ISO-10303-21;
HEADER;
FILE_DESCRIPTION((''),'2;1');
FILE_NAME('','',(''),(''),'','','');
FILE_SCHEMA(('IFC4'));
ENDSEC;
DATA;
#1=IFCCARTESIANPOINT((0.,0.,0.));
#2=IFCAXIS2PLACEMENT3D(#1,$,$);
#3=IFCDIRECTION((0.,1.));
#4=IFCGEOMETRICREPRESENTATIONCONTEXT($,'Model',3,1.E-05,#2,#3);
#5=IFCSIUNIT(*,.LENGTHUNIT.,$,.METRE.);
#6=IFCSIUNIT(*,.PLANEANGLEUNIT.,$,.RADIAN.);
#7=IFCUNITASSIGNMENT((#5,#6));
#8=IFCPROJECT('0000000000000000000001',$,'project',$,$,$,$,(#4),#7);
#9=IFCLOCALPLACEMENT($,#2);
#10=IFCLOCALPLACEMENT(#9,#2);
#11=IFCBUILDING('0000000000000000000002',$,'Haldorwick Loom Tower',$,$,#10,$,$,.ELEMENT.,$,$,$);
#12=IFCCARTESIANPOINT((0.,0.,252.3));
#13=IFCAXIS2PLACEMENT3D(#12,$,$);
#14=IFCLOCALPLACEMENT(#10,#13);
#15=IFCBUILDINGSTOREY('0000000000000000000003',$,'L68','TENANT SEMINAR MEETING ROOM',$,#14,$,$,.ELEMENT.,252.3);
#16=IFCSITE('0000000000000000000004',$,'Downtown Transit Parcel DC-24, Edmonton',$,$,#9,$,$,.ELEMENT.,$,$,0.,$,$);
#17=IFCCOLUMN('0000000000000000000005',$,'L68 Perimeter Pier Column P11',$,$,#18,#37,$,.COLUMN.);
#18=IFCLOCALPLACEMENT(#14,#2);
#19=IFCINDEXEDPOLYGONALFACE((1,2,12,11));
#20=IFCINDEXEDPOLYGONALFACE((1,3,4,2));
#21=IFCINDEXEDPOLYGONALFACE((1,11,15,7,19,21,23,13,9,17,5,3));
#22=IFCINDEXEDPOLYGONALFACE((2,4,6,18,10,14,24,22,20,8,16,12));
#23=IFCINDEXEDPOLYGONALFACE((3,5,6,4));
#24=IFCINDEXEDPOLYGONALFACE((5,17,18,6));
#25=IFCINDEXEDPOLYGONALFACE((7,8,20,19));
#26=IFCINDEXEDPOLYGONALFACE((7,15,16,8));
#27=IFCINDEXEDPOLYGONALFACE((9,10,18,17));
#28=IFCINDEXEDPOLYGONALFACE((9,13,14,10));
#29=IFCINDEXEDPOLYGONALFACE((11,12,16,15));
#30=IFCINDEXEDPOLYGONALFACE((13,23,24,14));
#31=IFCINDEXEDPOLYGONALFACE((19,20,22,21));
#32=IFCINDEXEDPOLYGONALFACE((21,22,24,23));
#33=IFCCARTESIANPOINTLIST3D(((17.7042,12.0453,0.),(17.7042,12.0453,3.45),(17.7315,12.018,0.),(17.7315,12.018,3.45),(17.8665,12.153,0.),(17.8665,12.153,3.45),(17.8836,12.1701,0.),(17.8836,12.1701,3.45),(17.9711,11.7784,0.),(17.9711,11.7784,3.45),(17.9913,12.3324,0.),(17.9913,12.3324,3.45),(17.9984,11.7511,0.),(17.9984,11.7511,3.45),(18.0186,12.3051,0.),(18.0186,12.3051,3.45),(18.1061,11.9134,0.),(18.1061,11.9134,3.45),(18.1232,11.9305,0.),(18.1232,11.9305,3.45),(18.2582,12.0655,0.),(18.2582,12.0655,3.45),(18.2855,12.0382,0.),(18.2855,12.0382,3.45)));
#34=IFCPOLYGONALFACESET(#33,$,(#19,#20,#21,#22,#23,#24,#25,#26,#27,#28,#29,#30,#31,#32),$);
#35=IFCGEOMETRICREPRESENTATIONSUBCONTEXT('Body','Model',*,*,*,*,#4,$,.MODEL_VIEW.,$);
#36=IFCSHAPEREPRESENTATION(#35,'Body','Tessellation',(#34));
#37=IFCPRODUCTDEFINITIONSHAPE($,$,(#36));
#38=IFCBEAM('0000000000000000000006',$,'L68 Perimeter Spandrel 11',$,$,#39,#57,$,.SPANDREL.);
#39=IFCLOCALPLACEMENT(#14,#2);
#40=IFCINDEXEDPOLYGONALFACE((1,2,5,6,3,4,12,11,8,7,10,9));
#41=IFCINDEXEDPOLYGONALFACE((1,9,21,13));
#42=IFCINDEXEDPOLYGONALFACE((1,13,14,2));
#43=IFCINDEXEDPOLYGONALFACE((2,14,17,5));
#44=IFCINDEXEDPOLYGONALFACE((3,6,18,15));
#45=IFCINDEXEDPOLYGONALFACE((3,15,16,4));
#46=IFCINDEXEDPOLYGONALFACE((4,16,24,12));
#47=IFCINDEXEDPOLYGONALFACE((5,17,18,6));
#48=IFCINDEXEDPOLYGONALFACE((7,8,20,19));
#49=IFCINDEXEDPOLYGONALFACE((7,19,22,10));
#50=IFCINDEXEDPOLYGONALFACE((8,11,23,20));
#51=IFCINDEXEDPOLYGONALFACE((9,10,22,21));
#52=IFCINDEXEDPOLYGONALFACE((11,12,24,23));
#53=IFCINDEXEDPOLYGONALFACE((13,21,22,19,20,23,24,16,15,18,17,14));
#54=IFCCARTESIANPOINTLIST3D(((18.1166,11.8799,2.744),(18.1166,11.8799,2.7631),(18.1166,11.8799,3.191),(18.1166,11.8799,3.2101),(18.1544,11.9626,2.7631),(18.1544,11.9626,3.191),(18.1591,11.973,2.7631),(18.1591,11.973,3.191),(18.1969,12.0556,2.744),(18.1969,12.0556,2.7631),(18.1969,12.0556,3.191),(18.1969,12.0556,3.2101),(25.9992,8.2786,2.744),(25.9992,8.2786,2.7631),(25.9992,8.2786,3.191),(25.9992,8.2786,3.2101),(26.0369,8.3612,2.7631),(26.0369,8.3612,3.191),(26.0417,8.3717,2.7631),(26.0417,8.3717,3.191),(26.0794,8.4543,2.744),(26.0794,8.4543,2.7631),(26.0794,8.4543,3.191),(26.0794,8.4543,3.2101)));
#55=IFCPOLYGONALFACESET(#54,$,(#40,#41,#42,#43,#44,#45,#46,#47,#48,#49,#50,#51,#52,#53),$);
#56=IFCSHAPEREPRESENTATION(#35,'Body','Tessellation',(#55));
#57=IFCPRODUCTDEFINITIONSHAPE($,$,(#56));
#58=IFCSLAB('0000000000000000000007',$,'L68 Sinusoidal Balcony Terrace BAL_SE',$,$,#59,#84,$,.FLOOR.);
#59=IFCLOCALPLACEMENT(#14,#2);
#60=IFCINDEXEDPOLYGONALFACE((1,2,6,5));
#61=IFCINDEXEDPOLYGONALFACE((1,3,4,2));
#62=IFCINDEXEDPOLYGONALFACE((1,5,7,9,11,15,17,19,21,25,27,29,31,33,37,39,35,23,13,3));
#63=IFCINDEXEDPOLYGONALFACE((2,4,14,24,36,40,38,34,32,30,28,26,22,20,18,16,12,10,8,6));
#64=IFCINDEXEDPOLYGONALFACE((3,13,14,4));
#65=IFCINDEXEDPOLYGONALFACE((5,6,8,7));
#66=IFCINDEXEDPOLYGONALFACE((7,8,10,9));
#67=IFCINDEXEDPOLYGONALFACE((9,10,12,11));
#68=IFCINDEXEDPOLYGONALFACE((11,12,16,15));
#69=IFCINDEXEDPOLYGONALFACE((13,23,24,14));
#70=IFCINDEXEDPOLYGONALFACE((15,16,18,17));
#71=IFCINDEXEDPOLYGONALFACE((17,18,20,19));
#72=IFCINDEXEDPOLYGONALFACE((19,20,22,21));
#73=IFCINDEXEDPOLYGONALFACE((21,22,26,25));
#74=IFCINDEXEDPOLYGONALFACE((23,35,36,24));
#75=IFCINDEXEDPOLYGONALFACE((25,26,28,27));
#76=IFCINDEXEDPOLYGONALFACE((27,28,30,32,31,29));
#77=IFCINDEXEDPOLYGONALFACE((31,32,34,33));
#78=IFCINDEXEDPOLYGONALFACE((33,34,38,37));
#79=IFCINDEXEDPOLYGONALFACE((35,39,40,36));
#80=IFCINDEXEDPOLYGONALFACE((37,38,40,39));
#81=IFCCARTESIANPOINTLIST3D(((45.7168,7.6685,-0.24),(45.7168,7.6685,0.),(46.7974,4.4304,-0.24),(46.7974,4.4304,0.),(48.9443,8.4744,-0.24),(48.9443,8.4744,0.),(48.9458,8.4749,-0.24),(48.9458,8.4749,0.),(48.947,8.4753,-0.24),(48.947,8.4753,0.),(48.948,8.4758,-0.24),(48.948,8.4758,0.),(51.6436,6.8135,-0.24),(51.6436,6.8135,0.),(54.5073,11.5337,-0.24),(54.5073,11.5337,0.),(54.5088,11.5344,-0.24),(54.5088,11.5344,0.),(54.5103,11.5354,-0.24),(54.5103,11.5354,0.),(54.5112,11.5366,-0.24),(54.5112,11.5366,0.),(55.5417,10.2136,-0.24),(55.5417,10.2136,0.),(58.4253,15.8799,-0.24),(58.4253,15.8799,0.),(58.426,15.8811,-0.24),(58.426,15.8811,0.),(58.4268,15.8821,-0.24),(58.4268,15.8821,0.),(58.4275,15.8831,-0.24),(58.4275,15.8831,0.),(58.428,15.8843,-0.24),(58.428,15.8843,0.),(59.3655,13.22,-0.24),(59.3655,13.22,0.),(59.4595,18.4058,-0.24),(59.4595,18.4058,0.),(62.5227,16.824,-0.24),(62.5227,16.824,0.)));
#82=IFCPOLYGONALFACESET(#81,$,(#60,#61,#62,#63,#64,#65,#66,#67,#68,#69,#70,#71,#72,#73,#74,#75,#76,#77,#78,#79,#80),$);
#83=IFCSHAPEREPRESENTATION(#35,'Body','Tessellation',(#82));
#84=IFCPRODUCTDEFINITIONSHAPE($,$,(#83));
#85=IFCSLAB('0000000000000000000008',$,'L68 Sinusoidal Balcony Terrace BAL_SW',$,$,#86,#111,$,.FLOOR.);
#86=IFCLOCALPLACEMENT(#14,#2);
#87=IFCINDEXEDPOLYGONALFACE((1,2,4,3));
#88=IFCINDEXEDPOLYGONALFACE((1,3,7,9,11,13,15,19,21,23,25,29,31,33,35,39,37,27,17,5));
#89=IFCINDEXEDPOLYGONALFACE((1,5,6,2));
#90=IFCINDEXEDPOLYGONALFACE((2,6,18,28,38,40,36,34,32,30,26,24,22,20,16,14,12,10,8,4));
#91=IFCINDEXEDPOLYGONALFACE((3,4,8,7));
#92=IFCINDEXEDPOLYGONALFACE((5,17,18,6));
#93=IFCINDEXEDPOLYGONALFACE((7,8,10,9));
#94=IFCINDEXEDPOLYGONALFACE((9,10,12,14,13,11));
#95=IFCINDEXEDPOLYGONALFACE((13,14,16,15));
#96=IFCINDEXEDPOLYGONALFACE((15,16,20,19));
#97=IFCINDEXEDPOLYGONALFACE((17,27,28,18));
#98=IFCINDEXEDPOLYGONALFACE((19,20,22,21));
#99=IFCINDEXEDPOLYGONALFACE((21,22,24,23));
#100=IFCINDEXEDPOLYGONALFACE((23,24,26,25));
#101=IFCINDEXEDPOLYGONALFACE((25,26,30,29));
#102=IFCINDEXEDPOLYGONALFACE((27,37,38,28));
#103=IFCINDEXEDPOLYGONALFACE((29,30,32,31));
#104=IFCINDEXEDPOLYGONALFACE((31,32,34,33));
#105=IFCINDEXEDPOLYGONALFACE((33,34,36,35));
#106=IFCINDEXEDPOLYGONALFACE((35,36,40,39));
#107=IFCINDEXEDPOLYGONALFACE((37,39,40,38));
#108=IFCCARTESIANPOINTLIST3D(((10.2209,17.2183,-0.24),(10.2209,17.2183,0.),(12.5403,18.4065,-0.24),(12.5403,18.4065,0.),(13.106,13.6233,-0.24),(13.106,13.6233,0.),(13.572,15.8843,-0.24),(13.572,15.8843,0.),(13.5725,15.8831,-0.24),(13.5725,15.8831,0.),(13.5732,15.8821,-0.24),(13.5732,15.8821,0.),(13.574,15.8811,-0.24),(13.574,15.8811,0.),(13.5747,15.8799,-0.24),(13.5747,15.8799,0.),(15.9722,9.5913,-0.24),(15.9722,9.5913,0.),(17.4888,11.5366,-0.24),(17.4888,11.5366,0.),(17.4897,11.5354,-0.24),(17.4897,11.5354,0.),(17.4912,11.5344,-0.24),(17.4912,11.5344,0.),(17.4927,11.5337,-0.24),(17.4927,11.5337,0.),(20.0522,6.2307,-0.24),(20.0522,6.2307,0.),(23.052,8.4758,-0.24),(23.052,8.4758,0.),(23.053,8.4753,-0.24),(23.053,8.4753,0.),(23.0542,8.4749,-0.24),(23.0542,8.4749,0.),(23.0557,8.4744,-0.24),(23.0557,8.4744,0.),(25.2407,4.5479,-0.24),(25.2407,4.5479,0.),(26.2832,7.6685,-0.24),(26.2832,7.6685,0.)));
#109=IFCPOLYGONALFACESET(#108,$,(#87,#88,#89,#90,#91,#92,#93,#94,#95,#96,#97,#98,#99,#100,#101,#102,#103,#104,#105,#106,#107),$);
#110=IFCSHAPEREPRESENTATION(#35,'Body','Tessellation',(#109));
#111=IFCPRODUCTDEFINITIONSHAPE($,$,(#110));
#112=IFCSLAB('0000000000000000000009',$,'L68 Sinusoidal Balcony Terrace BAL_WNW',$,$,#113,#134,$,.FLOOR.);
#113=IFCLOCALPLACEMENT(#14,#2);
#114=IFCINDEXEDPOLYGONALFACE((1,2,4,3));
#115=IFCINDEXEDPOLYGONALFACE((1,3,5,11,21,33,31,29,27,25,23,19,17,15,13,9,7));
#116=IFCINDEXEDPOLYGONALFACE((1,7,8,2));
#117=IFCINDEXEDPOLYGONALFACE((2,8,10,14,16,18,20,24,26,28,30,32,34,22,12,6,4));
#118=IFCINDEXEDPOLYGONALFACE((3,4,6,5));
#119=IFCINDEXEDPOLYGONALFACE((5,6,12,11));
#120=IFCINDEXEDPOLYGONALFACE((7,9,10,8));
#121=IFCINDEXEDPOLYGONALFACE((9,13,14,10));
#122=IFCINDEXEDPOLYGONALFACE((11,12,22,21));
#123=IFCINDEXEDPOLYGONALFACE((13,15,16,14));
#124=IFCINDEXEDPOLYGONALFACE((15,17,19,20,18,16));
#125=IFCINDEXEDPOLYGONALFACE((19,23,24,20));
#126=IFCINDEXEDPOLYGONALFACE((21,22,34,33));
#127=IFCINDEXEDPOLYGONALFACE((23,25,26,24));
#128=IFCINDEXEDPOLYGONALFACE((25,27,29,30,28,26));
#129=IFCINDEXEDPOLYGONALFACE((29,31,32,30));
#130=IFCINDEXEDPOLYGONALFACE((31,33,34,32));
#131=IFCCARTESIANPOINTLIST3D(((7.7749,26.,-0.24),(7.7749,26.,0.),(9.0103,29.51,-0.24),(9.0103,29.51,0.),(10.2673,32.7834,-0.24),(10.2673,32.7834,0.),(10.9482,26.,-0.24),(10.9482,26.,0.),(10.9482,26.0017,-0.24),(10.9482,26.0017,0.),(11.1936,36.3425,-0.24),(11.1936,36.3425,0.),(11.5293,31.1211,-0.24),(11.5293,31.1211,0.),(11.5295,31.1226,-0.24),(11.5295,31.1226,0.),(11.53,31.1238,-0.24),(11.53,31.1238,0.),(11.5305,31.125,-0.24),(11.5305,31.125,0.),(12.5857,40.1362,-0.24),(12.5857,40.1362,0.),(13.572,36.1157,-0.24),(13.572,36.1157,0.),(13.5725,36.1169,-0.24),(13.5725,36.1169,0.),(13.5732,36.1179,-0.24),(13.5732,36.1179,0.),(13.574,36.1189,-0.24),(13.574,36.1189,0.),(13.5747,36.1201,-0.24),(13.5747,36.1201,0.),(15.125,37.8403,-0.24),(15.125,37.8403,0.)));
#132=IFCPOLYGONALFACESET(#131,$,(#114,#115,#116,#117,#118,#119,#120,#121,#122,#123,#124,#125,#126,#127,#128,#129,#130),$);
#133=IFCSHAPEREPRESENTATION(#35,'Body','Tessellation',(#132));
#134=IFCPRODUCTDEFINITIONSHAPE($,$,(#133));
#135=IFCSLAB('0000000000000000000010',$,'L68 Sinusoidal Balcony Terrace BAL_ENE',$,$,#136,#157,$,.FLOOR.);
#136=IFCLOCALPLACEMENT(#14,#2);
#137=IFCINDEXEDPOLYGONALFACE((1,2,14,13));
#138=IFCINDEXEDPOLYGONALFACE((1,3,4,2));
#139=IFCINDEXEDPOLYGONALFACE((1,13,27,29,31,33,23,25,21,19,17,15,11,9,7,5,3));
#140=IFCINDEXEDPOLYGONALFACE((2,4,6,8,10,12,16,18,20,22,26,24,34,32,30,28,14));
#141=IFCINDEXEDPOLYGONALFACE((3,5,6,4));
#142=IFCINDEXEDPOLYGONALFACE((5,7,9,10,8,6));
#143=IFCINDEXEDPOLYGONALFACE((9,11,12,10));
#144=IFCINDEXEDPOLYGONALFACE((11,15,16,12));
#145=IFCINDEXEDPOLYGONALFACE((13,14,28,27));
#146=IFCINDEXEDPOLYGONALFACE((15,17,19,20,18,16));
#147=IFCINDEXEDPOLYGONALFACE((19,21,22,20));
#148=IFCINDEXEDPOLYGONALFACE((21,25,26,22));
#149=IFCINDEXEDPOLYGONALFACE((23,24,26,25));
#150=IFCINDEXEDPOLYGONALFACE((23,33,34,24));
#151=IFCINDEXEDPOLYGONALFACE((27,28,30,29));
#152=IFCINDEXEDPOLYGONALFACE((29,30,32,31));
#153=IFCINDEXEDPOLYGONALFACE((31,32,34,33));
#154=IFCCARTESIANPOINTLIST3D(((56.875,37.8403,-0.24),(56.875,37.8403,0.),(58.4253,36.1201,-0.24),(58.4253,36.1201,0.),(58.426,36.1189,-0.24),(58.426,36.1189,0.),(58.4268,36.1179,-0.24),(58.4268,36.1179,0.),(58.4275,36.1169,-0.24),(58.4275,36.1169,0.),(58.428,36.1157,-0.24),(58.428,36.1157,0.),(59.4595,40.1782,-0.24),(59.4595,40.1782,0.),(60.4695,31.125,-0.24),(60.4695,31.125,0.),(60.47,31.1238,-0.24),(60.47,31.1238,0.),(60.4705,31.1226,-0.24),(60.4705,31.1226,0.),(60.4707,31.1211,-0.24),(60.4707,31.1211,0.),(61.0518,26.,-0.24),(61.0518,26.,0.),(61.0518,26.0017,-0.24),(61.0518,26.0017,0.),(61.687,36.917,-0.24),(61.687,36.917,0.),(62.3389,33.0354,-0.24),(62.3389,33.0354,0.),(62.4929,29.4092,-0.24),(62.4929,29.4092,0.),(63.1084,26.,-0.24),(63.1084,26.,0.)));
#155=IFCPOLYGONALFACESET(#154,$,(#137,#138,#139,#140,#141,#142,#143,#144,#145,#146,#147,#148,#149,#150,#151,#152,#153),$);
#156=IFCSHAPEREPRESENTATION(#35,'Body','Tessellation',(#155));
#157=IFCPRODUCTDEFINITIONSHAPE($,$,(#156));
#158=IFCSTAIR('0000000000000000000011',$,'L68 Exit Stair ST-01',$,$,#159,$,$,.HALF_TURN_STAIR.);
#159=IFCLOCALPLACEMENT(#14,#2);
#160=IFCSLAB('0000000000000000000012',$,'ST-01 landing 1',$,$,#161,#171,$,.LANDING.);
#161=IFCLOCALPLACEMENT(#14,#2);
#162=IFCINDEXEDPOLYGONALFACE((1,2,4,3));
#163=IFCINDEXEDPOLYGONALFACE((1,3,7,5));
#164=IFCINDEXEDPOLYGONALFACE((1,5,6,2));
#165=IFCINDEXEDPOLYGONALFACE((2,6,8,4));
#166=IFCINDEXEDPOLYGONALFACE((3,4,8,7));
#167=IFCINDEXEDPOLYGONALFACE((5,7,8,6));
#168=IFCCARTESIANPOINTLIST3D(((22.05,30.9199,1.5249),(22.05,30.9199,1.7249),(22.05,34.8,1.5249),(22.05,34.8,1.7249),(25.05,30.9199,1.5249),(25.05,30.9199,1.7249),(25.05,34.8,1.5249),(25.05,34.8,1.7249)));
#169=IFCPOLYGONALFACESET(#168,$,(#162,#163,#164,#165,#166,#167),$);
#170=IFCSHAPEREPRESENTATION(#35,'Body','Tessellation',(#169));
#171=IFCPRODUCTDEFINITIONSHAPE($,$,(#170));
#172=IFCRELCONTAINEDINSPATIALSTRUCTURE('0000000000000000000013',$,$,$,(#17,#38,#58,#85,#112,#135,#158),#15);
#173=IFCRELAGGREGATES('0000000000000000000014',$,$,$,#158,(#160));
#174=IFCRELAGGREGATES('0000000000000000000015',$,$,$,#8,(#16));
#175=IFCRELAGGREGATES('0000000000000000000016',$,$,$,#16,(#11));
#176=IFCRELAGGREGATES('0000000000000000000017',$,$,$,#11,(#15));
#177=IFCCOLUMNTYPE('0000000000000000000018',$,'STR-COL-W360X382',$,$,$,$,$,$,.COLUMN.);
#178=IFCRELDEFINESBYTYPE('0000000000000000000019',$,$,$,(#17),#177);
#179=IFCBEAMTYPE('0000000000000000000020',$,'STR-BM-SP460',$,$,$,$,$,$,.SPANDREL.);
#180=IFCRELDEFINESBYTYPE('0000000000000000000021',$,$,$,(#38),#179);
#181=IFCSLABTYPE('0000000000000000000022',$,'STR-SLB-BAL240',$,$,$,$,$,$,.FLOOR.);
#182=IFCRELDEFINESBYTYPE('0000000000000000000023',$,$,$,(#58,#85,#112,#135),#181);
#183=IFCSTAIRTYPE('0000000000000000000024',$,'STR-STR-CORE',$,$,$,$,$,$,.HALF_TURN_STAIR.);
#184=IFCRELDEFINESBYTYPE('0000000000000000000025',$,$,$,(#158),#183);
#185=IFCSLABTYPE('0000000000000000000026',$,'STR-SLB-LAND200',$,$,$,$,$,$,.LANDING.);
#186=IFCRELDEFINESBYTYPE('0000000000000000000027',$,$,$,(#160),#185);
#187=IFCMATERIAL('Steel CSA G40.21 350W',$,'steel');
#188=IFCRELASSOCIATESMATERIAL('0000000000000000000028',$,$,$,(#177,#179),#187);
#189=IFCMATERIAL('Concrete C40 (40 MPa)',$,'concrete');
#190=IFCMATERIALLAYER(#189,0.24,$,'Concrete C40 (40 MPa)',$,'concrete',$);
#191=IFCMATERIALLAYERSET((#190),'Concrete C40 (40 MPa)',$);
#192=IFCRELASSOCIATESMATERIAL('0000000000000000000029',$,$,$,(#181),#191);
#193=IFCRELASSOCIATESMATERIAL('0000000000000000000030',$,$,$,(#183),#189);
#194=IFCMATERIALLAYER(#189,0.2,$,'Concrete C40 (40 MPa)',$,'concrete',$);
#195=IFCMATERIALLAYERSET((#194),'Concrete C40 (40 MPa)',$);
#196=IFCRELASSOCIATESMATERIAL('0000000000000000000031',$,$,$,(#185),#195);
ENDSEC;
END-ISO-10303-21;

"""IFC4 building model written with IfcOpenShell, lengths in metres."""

from ifc_helpers import new_model, si_unit, direction, frame, origin, origin_2d, place, context, subcontext, project, spatial, polyline, i_section, outline, extrude, material, layer, layer_set, material_profile, profile_set, type_object, element, aggregate, save


model = new_model("IFC4")

# Units and contexts
model_context = context("Model", 3, precision=1e-05, world=origin(), true_north=direction((0.0, 1.0)))
body_context = subcontext(model_context, "Body", "Model", "MODEL_VIEW")
ifc_project = project(units=[si_unit("LENGTHUNIT", "METRE"), si_unit("PLANEANGLEUNIT", "RADIAN")], contexts=[model_context])

# Site, building, storey
site_placement = place(None, origin())
site = spatial("IfcSite", under=ifc_project, at=site_placement, Name="Downtown Transit Parcel DC-24, Edmonton", CompositionType="ELEMENT", RefElevation=0.0)
building_placement = place(site_placement, origin())
building = spatial("IfcBuilding", under=site, at=building_placement, Name="Haldorwick Loom Tower", CompositionType="ELEMENT")
storey_placement = place(building_placement, frame((0.0, 0.0, 252.3)))
storey = spatial("IfcBuildingStorey", under=building, at=storey_placement, Name="L68", Description="TENANT SEMINAR MEETING ROOM", CompositionType="ELEMENT", Elevation=252.3)

# Column
ifc_material_1 = material(Name="Steel CSA G40.21 350W", Category="steel")
ifc_material_profile_1 = material_profile(ifc_material_1, i_section(OverallWidth=0.406, OverallDepth=0.416, WebThickness=0.0242, FlangeThickness=0.0386, at=origin_2d()), Name="W360X382", Category="steel")
ifc_profile_set_1 = profile_set([ifc_material_profile_1], Name="Steel CSA G40.21 350W")
column_type = type_object("IfcColumnType", Name="STR-COL-W360X382", PredefinedType="COLUMN", material=ifc_profile_set_1)
column_placement = place(storey_placement, frame((17.9949, 12.0417, 0.0), z_axis=(0.0, 0.0, 1.0), x_axis=(-0.707107, -0.707107, 0.0)))
element("IfcColumn", 1, at=column_placement, inside=storey, type_object=column_type, Name="L68 Perimeter Pier Column P11", PredefinedType="COLUMN", context=body_context, shape_type="SweptSolid", body=[
    extrude(i_section(OverallWidth=0.406, OverallDepth=0.416, WebThickness=0.0242, FlangeThickness=0.0386, at=origin_2d()), origin(), (0.0, 0.0, 1.0), 3.45),
])

# Beam
ifc_material_profile_2 = material_profile(ifc_material_1, i_section(OverallWidth=0.1931, OverallDepth=0.4661, WebThickness=0.0115, FlangeThickness=0.019, at=origin_2d()), Name="W460X97", Category="steel")
ifc_profile_set_2 = profile_set([ifc_material_profile_2], Name="Steel CSA G40.21 350W")
beam_type = type_object("IfcBeamType", Name="STR-BM-SP460", PredefinedType="SPANDREL", material=ifc_profile_set_2)
beam_placement = place(storey_placement, frame((18.1567, 11.9678, 2.9771), z_axis=(0.909568, -0.415555, 0.0), x_axis=(0.415555, 0.909568, 0.0)))
element("IfcBeam", 2, at=beam_placement, inside=storey, type_object=beam_type, Name="L68 Perimeter Spandrel 11", PredefinedType="SPANDREL", context=body_context, shape_type="SweptSolid", body=[
    extrude(i_section(OverallWidth=0.1931, OverallDepth=0.4661, WebThickness=0.0115, FlangeThickness=0.019, at=origin_2d()), origin(), (0.0, 0.0, 1.0), 8.6663),
])

# Slabs
ifc_material_2 = material(Name="Concrete C40 (40 MPa)", Category="concrete")
ifc_layer_1 = layer(ifc_material_2, 0.24, Name="Concrete C40 (40 MPa)", Category="concrete")
ifc_layer_set_1 = layer_set([ifc_layer_1], Name="Concrete C40 (40 MPa)")
slab_type_1 = type_object("IfcSlabType", Name="STR-SLB-BAL240", PredefinedType="FLOOR", material=ifc_layer_set_1)
slab_1_placement = place(storey_placement, frame((0.0, 0.0, -0.24)))
element("IfcSlab", 3, at=slab_1_placement, inside=storey, type_object=slab_type_1, Name="L68 Sinusoidal Balcony Terrace BAL_SE", PredefinedType="FLOOR", context=body_context, shape_type="SweptSolid", body=[
    extrude(outline(polyline([(59.4595, 18.4058), (58.428, 15.8843), (58.4275, 15.8831), (58.4268, 15.8821), (58.426, 15.8811), (58.4253, 15.8799), (54.5112, 11.5366), (54.5103, 11.5354), (54.5088, 11.5344), (54.5073, 11.5337), (48.948, 8.4758), (48.947, 8.4753), (48.9458, 8.4749), (48.9443, 8.4744), (45.7168, 7.6685), (46.7974, 4.4304), (51.6436, 6.8135), (55.5417, 10.2136), (59.3655, 13.22), (62.5227, 16.824), (59.4595, 18.4058)])), origin(), (0.0, 0.0, 1.0), 0.24),
])
slab_2_placement = place(storey_placement, frame((0.0, 0.0, -0.24)))
element("IfcSlab", 4, at=slab_2_placement, inside=storey, type_object=slab_type_1, Name="L68 Sinusoidal Balcony Terrace BAL_SW", PredefinedType="FLOOR", context=body_context, shape_type="SweptSolid", body=[
    extrude(outline(polyline([(26.2832, 7.6685), (23.0557, 8.4744), (23.0542, 8.4749), (23.053, 8.4753), (23.052, 8.4758), (17.4927, 11.5337), (17.4912, 11.5344), (17.4897, 11.5354), (17.4888, 11.5366), (13.5747, 15.8799), (13.574, 15.8811), (13.5732, 15.8821), (13.5725, 15.8831), (13.572, 15.8843), (12.5403, 18.4065), (10.2209, 17.2183), (13.106, 13.6233), (15.9722, 9.5913), (20.0522, 6.2307), (25.2407, 4.5479), (26.2832, 7.6685)])), origin(), (0.0, 0.0, 1.0), 0.24),
])
slab_3_placement = place(storey_placement, frame((0.0, 0.0, -0.24)))
element("IfcSlab", 5, at=slab_3_placement, inside=storey, type_object=slab_type_1, Name="L68 Sinusoidal Balcony Terrace BAL_WNW", PredefinedType="FLOOR", context=body_context, shape_type="SweptSolid", body=[
    extrude(outline(polyline([(10.9482, 26.0), (10.9482, 26.0017), (11.5293, 31.1211), (11.5295, 31.1226), (11.53, 31.1238), (11.5305, 31.125), (13.572, 36.1157), (13.5725, 36.1169), (13.5732, 36.1179), (13.574, 36.1189), (13.5747, 36.1201), (15.125, 37.8403), (12.5857, 40.1362), (11.1936, 36.3425), (10.2673, 32.7834), (9.0103, 29.51), (7.7749, 26.0), (10.9482, 26.0)])), origin(), (0.0, 0.0, 1.0), 0.24),
])
slab_4_placement = place(storey_placement, frame((0.0, 0.0, -0.24)))
element("IfcSlab", 6, at=slab_4_placement, inside=storey, type_object=slab_type_1, Name="L68 Sinusoidal Balcony Terrace BAL_ENE", PredefinedType="FLOOR", context=body_context, shape_type="SweptSolid", body=[
    extrude(outline(polyline([(56.875, 37.8403), (58.4253, 36.1201), (58.426, 36.1189), (58.4268, 36.1179), (58.4275, 36.1169), (58.428, 36.1157), (60.4695, 31.125), (60.47, 31.1238), (60.4705, 31.1226), (60.4707, 31.1211), (61.0518, 26.0017), (61.0518, 26.0), (63.1084, 26.0), (62.4929, 29.4092), (62.3389, 33.0354), (61.687, 36.917), (59.4595, 40.1782), (56.875, 37.8403)])), origin(), (0.0, 0.0, 1.0), 0.24),
])

# Stair, slab
stair_type = type_object("IfcStairType", Name="STR-STR-CORE", PredefinedType="HALF_TURN_STAIR", material=ifc_material_2)
stair_1_placement = place(storey_placement, origin())
stair_1 = element("IfcStair", 7, at=stair_1_placement, inside=storey, type_object=stair_type, Name="L68 Exit Stair ST-01", PredefinedType="HALF_TURN_STAIR")
ifc_layer_2 = layer(ifc_material_2, 0.2, Name="Concrete C40 (40 MPa)", Category="concrete")
ifc_layer_set_2 = layer_set([ifc_layer_2], Name="Concrete C40 (40 MPa)")
slab_type_2 = type_object("IfcSlabType", Name="STR-SLB-LAND200", PredefinedType="LANDING", material=ifc_layer_set_2)
slab_5_placement = place(storey_placement, frame((0.0, 0.0, 1.5249)))
slab_5 = element("IfcSlab", 8, at=slab_5_placement, type_object=slab_type_2, Name="ST-01 landing 1", PredefinedType="LANDING", context=body_context, shape_type="SweptSolid", body=[
    extrude(outline(polyline([(25.05, 30.9199), (25.05, 34.8), (22.05, 34.8), (22.05, 30.9199), (25.05, 30.9199)])), origin(), (0.0, 0.0, 1.0), 0.2),
])
aggregate(stair_1, [slab_5])

save(model, "model.ifc")
